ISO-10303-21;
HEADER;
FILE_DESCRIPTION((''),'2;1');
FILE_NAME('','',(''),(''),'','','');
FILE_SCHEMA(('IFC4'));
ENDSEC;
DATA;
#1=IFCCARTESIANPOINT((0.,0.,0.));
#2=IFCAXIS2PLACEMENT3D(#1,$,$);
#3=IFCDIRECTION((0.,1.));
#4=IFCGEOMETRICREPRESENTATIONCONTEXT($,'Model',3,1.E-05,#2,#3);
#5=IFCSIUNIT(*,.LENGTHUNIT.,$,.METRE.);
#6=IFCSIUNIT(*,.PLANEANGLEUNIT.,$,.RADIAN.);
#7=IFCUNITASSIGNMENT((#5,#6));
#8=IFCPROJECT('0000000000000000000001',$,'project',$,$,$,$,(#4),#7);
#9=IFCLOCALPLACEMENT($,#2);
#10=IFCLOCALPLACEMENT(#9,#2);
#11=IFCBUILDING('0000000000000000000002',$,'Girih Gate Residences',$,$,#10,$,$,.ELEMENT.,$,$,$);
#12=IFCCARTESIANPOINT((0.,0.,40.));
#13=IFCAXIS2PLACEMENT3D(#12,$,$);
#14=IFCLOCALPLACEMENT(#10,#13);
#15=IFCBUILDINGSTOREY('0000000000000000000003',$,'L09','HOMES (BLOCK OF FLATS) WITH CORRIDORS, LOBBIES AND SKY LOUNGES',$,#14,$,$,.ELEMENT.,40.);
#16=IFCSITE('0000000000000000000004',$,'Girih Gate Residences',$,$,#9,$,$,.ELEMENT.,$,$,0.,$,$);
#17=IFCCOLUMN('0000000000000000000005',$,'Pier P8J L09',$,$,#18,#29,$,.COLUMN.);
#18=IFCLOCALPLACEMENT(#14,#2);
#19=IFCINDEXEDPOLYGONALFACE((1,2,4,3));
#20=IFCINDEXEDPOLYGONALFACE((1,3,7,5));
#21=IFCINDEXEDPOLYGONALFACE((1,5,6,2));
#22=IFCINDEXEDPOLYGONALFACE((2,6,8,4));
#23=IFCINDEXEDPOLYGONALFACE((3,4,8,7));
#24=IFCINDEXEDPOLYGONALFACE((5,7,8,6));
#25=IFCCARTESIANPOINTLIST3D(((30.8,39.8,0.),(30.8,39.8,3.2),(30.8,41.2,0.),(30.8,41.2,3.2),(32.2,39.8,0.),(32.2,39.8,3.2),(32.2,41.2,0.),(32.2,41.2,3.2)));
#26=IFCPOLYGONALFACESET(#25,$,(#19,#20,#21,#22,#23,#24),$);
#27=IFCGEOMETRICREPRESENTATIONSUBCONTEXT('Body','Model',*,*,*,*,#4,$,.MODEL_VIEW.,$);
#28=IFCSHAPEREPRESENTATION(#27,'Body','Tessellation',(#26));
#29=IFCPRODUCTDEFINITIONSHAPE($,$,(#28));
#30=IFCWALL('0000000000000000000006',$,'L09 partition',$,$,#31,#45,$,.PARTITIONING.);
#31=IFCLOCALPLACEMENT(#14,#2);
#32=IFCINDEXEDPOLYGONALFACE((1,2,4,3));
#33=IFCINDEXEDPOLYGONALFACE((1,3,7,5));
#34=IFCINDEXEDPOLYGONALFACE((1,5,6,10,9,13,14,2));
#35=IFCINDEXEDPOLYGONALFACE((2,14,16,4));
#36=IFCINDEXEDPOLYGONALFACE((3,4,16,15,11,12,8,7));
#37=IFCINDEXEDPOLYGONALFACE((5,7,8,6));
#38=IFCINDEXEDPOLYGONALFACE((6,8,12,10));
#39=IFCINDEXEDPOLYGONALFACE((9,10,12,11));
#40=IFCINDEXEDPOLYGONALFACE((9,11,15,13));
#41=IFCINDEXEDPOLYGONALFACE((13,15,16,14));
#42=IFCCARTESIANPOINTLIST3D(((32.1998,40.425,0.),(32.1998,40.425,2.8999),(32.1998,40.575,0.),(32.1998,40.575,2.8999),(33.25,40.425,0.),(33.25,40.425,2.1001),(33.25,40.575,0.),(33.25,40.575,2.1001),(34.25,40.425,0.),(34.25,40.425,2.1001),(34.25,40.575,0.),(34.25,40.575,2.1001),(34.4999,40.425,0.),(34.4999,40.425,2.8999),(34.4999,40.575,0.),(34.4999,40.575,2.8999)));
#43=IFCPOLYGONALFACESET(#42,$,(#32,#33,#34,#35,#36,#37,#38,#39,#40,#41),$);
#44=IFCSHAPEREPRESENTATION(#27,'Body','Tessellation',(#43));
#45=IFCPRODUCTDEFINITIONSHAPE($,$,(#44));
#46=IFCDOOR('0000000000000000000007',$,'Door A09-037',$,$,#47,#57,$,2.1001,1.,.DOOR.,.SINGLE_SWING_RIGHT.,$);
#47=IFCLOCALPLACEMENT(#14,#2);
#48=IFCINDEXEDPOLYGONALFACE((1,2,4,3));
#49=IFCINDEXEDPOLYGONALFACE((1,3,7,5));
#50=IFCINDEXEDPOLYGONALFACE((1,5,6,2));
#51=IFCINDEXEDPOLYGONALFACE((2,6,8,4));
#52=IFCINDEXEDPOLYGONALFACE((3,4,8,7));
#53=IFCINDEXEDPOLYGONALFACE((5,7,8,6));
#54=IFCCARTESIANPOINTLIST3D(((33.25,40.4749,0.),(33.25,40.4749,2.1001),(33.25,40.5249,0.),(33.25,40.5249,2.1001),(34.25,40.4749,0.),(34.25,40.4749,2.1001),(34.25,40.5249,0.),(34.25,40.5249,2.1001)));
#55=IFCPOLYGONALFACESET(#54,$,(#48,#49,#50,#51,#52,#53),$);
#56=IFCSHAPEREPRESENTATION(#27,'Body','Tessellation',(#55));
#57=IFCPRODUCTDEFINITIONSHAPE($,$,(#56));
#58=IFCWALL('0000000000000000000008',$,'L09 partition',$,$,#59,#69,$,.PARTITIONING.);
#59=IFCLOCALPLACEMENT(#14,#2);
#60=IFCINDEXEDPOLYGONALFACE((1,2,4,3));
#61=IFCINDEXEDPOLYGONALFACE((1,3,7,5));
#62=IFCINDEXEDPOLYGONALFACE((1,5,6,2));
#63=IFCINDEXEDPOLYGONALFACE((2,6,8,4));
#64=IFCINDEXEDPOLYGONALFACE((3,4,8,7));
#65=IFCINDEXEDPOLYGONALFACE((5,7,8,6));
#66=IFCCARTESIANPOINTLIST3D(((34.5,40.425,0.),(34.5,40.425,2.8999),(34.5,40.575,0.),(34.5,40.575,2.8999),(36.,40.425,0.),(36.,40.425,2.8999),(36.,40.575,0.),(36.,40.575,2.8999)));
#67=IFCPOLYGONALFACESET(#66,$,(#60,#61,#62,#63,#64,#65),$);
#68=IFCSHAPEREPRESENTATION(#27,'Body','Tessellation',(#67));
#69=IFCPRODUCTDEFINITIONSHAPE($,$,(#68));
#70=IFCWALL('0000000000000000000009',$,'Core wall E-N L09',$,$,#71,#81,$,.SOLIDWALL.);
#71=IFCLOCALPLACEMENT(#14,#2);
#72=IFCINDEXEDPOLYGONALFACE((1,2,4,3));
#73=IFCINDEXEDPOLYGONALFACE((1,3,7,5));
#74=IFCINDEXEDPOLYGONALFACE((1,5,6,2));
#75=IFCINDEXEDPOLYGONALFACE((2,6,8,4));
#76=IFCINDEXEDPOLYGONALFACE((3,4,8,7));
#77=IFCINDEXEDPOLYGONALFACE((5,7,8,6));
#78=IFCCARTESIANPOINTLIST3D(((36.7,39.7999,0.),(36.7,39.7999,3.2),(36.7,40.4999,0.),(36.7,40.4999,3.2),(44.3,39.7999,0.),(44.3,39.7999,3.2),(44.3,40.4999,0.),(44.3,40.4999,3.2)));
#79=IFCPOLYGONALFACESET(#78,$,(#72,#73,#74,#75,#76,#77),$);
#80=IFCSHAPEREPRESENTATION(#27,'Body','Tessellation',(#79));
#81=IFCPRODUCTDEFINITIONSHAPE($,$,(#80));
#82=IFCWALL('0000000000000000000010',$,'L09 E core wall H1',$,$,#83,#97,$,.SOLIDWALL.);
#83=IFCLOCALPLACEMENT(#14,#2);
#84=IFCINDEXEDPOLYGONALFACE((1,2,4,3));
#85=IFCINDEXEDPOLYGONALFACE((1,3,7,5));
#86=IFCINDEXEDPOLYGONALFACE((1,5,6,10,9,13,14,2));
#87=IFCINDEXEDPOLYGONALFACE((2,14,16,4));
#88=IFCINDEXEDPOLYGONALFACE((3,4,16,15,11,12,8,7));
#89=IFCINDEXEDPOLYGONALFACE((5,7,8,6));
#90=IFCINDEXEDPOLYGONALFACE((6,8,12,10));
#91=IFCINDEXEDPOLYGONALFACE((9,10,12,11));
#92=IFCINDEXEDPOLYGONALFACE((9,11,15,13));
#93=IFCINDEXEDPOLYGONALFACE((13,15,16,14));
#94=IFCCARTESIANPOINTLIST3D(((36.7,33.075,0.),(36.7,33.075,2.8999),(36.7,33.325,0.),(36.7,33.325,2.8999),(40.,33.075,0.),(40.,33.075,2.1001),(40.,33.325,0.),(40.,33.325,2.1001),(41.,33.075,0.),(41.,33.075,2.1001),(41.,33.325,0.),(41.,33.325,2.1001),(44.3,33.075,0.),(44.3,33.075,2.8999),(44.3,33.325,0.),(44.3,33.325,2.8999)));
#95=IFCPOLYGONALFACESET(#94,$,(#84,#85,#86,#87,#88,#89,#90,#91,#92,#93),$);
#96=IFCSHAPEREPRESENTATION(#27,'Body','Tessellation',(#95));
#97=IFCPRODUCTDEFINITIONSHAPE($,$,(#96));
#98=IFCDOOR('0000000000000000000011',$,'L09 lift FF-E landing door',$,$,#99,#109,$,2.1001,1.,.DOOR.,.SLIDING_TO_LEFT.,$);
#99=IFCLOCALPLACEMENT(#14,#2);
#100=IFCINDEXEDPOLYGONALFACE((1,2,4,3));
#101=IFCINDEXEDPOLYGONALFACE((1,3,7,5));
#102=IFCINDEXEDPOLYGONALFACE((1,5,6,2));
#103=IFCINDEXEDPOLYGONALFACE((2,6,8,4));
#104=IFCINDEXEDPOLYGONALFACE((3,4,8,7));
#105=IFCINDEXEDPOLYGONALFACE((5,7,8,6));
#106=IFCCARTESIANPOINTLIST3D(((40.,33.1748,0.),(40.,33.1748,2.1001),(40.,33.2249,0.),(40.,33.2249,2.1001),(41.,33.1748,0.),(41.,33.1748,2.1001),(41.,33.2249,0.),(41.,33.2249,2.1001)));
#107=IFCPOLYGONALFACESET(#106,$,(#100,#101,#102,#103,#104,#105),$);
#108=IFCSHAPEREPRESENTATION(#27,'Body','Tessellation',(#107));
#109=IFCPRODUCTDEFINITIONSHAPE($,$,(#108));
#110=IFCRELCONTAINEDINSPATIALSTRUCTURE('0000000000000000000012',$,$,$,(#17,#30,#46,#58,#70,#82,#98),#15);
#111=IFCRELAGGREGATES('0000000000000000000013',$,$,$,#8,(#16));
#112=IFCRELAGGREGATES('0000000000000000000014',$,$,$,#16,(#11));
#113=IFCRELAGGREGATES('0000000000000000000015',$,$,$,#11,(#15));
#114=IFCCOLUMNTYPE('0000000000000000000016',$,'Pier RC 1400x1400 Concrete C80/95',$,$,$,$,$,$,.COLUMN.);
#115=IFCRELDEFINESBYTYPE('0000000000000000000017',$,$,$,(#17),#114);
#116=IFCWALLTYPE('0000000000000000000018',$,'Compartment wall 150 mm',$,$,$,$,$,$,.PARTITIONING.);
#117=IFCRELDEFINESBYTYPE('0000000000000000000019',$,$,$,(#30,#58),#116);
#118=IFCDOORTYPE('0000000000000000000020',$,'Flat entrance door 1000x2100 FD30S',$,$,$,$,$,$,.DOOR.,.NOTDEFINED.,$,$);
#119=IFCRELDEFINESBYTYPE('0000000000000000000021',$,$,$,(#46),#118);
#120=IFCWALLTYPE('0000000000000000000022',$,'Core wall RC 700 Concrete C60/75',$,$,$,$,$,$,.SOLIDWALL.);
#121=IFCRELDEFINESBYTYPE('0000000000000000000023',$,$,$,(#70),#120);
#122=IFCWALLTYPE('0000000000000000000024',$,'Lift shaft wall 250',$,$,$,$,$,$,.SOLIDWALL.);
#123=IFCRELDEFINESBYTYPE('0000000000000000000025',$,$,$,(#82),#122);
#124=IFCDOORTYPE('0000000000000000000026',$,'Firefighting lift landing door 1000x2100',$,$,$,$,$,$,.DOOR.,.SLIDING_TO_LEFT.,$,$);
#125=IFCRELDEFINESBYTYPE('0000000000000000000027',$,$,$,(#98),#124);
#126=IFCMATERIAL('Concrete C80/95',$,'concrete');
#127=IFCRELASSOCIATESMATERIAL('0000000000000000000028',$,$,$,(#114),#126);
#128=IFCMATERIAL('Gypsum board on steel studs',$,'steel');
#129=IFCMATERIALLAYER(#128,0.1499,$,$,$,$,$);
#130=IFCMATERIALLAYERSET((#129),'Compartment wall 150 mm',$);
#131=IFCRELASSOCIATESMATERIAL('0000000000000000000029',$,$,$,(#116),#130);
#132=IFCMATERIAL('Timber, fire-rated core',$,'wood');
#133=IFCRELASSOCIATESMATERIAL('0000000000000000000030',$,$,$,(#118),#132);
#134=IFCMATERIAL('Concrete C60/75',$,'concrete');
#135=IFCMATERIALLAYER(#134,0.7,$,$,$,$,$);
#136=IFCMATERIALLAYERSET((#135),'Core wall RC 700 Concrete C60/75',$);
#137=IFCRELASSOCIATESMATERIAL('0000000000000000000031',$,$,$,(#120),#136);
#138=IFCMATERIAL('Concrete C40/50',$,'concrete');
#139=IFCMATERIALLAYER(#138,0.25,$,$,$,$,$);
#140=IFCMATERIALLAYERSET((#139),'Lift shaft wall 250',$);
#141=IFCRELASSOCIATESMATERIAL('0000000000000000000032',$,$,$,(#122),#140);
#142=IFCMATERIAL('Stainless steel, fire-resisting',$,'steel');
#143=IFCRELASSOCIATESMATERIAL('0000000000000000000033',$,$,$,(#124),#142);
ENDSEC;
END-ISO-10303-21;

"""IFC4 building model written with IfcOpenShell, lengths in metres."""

from ifc_helpers import new_model, si_unit, direction, frame, frame_2d, origin, origin_2d, place, context, subcontext, project, spatial, rectangle, extrude, material, layer, layer_set, material_profile, profile_set, type_object, element, fill, save


model = new_model("IFC4")

# Units and contexts
model_context = context("Model", 3, precision=1e-05, world=origin(), true_north=direction((0.0, 1.0)))
body_context = subcontext(model_context, "Body", "Model", "MODEL_VIEW")
ifc_project = project(units=[si_unit("LENGTHUNIT", "METRE"), si_unit("PLANEANGLEUNIT", "RADIAN")], contexts=[model_context])

# Site, building, storey
site_placement = place(None, origin())
site = spatial("IfcSite", under=ifc_project, at=site_placement, Name="Girih Gate Residences", CompositionType="ELEMENT", RefElevation=0.0)
building_placement = place(site_placement, origin())
building = spatial("IfcBuilding", under=site, at=building_placement, Name="Girih Gate Residences", CompositionType="ELEMENT")
storey_placement = place(building_placement, frame((0.0, 0.0, 40.0)))
storey = spatial("IfcBuildingStorey", under=building, at=storey_placement, Name="L09", Description="HOMES (BLOCK OF FLATS) WITH CORRIDORS, LOBBIES AND SKY LOUNGES", CompositionType="ELEMENT", Elevation=40.0)

# Column
ifc_material_1 = material(Name="Concrete C80/95", Category="concrete")
ifc_material_profile = material_profile(ifc_material_1, rectangle(XDim=1.3999, YDim=1.3999, at=origin_2d()))
ifc_profile_set = profile_set([ifc_material_profile], Name="Concrete C80/95")
column_type = type_object("IfcColumnType", Name="Pier RC 1400x1400 Concrete C80/95", PredefinedType="COLUMN", material=ifc_profile_set)
column_placement = place(storey_placement, frame((31.5, 40.5, 0.0), z_axis=(0.0, 0.0, 1.0), x_axis=(1.0, 0.0, 0.0)))
element("IfcColumn", 1, at=column_placement, inside=storey, type_object=column_type, Name="Pier P8J L09", PredefinedType="COLUMN", context=body_context, shape_type="SweptSolid", body=[
    extrude(rectangle(XDim=1.3999, YDim=1.3999, at=origin_2d()), origin(), (0.0, 0.0, 1.0), 3.2),
])

# Wall, opening, door
ifc_material_2 = material(Name="Gypsum board on steel studs", Category="steel")
ifc_layer_1 = layer(ifc_material_2, 0.1499)
ifc_layer_set_1 = layer_set([ifc_layer_1], Name="Compartment wall 150 mm")
wall_type_1 = type_object("IfcWallType", Name="Compartment wall 150 mm", PredefinedType="PARTITIONING", material=ifc_layer_set_1)
wall_1_placement = place(storey_placement, frame((32.2, 40.5, 0.0), z_axis=(0.0, 0.0, 1.0), x_axis=(1.0, 0.0, 0.0)))
wall_1 = element("IfcWall", 2, at=wall_1_placement, inside=storey, type_object=wall_type_1, Name="L09 partition", PredefinedType="PARTITIONING", context=body_context, shape_type="SweptSolid", body=[
    extrude(rectangle(XDim=2.3, YDim=0.1499, at=frame_2d((1.1499, 0.0))), origin(), (0.0, 0.0, 1.0), 2.8999),
])
opening_1_placement = place(wall_1_placement, frame((1.05, 0.0, 0.0)))
opening_1 = element("IfcOpeningElement", 3, at=opening_1_placement, cuts=wall_1, PredefinedType="OPENING", context=body_context, shape_type="SweptSolid", body=[
    extrude(rectangle(XDim=1.0, YDim=2.1001, at=frame_2d((0.5, 1.05))), frame((0.0, 0.085, 0.0), z_axis=(0.0, -1.0, 0.0), x_axis=(1.0, 0.0, 0.0)), (0.0, 0.0, 1.0), 0.1699),
])
ifc_material_3 = material(Name="Timber, fire-rated core", Category="wood")
door_type_1 = type_object("IfcDoorType", Name="Flat entrance door 1000x2100 FD30S", OperationType="NOTDEFINED", PredefinedType="DOOR", material=ifc_material_3)
door_1_placement = place(opening_1_placement, origin())
door_1 = element("IfcDoor", 4, at=door_1_placement, inside=storey, type_object=door_type_1, Name="Door A09-037", OperationType="SINGLE_SWING_RIGHT", OverallHeight=2.1001, OverallWidth=1.0, PredefinedType="DOOR", context=body_context, shape_type="SweptSolid", body=[
    extrude(rectangle(XDim=1.0, YDim=2.1001, at=frame_2d((0.5, 1.05))), frame((0.0, 0.0249, 0.0), z_axis=(0.0, -1.0, 0.0), x_axis=(1.0, 0.0, 0.0)), (0.0, 0.0, 1.0), 0.05),
])
fill(opening_1, door_1)

# Walls
wall_2_placement = place(storey_placement, frame((34.5, 40.5, 0.0), z_axis=(0.0, 0.0, 1.0), x_axis=(1.0, 0.0, 0.0)))
element("IfcWall", 5, at=wall_2_placement, inside=storey, type_object=wall_type_1, Name="L09 partition", PredefinedType="PARTITIONING", context=body_context, shape_type="SweptSolid", body=[
    extrude(rectangle(XDim=1.5, YDim=0.1499, at=frame_2d((0.75, 0.0))), origin(), (0.0, 0.0, 1.0), 2.8999),
])
ifc_material_4 = material(Name="Concrete C60/75", Category="concrete")
ifc_layer_2 = layer(ifc_material_4, 0.7)
ifc_layer_set_2 = layer_set([ifc_layer_2], Name="Core wall RC 700 Concrete C60/75")
wall_type_2 = type_object("IfcWallType", Name="Core wall RC 700 Concrete C60/75", PredefinedType="SOLIDWALL", material=ifc_layer_set_2)
wall_3_placement = place(storey_placement, frame((36.7, 40.1499, 0.0), z_axis=(0.0, 0.0, 1.0), x_axis=(1.0, 0.0, 0.0)))
element("IfcWall", 6, at=wall_3_placement, inside=storey, type_object=wall_type_2, Name="Core wall E-N L09", PredefinedType="SOLIDWALL", context=body_context, shape_type="SweptSolid", body=[
    extrude(rectangle(XDim=7.6001, YDim=0.7, at=frame_2d((3.8, 0.0))), origin(), (0.0, 0.0, 1.0), 3.2),
])

# Wall, opening, door
ifc_material_5 = material(Name="Concrete C40/50", Category="concrete")
ifc_layer_3 = layer(ifc_material_5, 0.25)
ifc_layer_set_3 = layer_set([ifc_layer_3], Name="Lift shaft wall 250")
wall_type_3 = type_object("IfcWallType", Name="Lift shaft wall 250", PredefinedType="SOLIDWALL", material=ifc_layer_set_3)
wall_4_placement = place(storey_placement, frame((36.7, 33.2, 0.0), z_axis=(0.0, 0.0, 1.0), x_axis=(1.0, 0.0, 0.0)))
wall_4 = element("IfcWall", 7, at=wall_4_placement, inside=storey, type_object=wall_type_3, Name="L09 E core wall H1", PredefinedType="SOLIDWALL", context=body_context, shape_type="SweptSolid", body=[
    extrude(rectangle(XDim=7.6001, YDim=0.25, at=frame_2d((3.8, 0.0))), origin(), (0.0, 0.0, 1.0), 2.8999),
])
opening_2_placement = place(wall_4_placement, frame((3.3, 0.0, 0.0)))
opening_2 = element("IfcOpeningElement", 8, at=opening_2_placement, cuts=wall_4, PredefinedType="OPENING", context=body_context, shape_type="SweptSolid", body=[
    extrude(rectangle(XDim=1.0, YDim=2.1001, at=frame_2d((0.5, 1.05))), frame((0.0, 0.135, 0.0), z_axis=(0.0, -1.0, 0.0), x_axis=(1.0, 0.0, 0.0)), (0.0, 0.0, 1.0), 0.27),
])
ifc_material_6 = material(Name="Stainless steel, fire-resisting", Category="steel")
door_type_2 = type_object("IfcDoorType", Name="Firefighting lift landing door 1000x2100", OperationType="SLIDING_TO_LEFT", PredefinedType="DOOR", material=ifc_material_6)
door_2_placement = place(opening_2_placement, origin())
door_2 = element("IfcDoor", 9, at=door_2_placement, inside=storey, type_object=door_type_2, Name="L09 lift FF-E landing door", OperationType="SLIDING_TO_LEFT", OverallHeight=2.1001, OverallWidth=1.0, PredefinedType="DOOR", context=body_context, shape_type="SweptSolid", body=[
    extrude(rectangle(XDim=1.0, YDim=2.1001, at=frame_2d((0.5, 1.05))), frame((0.0, 0.0249, 0.0), z_axis=(0.0, -1.0, 0.0), x_axis=(1.0, 0.0, 0.0)), (0.0, 0.0, 1.0), 0.05),
])
fill(opening_2, door_2)

save(model, "model.ifc")
